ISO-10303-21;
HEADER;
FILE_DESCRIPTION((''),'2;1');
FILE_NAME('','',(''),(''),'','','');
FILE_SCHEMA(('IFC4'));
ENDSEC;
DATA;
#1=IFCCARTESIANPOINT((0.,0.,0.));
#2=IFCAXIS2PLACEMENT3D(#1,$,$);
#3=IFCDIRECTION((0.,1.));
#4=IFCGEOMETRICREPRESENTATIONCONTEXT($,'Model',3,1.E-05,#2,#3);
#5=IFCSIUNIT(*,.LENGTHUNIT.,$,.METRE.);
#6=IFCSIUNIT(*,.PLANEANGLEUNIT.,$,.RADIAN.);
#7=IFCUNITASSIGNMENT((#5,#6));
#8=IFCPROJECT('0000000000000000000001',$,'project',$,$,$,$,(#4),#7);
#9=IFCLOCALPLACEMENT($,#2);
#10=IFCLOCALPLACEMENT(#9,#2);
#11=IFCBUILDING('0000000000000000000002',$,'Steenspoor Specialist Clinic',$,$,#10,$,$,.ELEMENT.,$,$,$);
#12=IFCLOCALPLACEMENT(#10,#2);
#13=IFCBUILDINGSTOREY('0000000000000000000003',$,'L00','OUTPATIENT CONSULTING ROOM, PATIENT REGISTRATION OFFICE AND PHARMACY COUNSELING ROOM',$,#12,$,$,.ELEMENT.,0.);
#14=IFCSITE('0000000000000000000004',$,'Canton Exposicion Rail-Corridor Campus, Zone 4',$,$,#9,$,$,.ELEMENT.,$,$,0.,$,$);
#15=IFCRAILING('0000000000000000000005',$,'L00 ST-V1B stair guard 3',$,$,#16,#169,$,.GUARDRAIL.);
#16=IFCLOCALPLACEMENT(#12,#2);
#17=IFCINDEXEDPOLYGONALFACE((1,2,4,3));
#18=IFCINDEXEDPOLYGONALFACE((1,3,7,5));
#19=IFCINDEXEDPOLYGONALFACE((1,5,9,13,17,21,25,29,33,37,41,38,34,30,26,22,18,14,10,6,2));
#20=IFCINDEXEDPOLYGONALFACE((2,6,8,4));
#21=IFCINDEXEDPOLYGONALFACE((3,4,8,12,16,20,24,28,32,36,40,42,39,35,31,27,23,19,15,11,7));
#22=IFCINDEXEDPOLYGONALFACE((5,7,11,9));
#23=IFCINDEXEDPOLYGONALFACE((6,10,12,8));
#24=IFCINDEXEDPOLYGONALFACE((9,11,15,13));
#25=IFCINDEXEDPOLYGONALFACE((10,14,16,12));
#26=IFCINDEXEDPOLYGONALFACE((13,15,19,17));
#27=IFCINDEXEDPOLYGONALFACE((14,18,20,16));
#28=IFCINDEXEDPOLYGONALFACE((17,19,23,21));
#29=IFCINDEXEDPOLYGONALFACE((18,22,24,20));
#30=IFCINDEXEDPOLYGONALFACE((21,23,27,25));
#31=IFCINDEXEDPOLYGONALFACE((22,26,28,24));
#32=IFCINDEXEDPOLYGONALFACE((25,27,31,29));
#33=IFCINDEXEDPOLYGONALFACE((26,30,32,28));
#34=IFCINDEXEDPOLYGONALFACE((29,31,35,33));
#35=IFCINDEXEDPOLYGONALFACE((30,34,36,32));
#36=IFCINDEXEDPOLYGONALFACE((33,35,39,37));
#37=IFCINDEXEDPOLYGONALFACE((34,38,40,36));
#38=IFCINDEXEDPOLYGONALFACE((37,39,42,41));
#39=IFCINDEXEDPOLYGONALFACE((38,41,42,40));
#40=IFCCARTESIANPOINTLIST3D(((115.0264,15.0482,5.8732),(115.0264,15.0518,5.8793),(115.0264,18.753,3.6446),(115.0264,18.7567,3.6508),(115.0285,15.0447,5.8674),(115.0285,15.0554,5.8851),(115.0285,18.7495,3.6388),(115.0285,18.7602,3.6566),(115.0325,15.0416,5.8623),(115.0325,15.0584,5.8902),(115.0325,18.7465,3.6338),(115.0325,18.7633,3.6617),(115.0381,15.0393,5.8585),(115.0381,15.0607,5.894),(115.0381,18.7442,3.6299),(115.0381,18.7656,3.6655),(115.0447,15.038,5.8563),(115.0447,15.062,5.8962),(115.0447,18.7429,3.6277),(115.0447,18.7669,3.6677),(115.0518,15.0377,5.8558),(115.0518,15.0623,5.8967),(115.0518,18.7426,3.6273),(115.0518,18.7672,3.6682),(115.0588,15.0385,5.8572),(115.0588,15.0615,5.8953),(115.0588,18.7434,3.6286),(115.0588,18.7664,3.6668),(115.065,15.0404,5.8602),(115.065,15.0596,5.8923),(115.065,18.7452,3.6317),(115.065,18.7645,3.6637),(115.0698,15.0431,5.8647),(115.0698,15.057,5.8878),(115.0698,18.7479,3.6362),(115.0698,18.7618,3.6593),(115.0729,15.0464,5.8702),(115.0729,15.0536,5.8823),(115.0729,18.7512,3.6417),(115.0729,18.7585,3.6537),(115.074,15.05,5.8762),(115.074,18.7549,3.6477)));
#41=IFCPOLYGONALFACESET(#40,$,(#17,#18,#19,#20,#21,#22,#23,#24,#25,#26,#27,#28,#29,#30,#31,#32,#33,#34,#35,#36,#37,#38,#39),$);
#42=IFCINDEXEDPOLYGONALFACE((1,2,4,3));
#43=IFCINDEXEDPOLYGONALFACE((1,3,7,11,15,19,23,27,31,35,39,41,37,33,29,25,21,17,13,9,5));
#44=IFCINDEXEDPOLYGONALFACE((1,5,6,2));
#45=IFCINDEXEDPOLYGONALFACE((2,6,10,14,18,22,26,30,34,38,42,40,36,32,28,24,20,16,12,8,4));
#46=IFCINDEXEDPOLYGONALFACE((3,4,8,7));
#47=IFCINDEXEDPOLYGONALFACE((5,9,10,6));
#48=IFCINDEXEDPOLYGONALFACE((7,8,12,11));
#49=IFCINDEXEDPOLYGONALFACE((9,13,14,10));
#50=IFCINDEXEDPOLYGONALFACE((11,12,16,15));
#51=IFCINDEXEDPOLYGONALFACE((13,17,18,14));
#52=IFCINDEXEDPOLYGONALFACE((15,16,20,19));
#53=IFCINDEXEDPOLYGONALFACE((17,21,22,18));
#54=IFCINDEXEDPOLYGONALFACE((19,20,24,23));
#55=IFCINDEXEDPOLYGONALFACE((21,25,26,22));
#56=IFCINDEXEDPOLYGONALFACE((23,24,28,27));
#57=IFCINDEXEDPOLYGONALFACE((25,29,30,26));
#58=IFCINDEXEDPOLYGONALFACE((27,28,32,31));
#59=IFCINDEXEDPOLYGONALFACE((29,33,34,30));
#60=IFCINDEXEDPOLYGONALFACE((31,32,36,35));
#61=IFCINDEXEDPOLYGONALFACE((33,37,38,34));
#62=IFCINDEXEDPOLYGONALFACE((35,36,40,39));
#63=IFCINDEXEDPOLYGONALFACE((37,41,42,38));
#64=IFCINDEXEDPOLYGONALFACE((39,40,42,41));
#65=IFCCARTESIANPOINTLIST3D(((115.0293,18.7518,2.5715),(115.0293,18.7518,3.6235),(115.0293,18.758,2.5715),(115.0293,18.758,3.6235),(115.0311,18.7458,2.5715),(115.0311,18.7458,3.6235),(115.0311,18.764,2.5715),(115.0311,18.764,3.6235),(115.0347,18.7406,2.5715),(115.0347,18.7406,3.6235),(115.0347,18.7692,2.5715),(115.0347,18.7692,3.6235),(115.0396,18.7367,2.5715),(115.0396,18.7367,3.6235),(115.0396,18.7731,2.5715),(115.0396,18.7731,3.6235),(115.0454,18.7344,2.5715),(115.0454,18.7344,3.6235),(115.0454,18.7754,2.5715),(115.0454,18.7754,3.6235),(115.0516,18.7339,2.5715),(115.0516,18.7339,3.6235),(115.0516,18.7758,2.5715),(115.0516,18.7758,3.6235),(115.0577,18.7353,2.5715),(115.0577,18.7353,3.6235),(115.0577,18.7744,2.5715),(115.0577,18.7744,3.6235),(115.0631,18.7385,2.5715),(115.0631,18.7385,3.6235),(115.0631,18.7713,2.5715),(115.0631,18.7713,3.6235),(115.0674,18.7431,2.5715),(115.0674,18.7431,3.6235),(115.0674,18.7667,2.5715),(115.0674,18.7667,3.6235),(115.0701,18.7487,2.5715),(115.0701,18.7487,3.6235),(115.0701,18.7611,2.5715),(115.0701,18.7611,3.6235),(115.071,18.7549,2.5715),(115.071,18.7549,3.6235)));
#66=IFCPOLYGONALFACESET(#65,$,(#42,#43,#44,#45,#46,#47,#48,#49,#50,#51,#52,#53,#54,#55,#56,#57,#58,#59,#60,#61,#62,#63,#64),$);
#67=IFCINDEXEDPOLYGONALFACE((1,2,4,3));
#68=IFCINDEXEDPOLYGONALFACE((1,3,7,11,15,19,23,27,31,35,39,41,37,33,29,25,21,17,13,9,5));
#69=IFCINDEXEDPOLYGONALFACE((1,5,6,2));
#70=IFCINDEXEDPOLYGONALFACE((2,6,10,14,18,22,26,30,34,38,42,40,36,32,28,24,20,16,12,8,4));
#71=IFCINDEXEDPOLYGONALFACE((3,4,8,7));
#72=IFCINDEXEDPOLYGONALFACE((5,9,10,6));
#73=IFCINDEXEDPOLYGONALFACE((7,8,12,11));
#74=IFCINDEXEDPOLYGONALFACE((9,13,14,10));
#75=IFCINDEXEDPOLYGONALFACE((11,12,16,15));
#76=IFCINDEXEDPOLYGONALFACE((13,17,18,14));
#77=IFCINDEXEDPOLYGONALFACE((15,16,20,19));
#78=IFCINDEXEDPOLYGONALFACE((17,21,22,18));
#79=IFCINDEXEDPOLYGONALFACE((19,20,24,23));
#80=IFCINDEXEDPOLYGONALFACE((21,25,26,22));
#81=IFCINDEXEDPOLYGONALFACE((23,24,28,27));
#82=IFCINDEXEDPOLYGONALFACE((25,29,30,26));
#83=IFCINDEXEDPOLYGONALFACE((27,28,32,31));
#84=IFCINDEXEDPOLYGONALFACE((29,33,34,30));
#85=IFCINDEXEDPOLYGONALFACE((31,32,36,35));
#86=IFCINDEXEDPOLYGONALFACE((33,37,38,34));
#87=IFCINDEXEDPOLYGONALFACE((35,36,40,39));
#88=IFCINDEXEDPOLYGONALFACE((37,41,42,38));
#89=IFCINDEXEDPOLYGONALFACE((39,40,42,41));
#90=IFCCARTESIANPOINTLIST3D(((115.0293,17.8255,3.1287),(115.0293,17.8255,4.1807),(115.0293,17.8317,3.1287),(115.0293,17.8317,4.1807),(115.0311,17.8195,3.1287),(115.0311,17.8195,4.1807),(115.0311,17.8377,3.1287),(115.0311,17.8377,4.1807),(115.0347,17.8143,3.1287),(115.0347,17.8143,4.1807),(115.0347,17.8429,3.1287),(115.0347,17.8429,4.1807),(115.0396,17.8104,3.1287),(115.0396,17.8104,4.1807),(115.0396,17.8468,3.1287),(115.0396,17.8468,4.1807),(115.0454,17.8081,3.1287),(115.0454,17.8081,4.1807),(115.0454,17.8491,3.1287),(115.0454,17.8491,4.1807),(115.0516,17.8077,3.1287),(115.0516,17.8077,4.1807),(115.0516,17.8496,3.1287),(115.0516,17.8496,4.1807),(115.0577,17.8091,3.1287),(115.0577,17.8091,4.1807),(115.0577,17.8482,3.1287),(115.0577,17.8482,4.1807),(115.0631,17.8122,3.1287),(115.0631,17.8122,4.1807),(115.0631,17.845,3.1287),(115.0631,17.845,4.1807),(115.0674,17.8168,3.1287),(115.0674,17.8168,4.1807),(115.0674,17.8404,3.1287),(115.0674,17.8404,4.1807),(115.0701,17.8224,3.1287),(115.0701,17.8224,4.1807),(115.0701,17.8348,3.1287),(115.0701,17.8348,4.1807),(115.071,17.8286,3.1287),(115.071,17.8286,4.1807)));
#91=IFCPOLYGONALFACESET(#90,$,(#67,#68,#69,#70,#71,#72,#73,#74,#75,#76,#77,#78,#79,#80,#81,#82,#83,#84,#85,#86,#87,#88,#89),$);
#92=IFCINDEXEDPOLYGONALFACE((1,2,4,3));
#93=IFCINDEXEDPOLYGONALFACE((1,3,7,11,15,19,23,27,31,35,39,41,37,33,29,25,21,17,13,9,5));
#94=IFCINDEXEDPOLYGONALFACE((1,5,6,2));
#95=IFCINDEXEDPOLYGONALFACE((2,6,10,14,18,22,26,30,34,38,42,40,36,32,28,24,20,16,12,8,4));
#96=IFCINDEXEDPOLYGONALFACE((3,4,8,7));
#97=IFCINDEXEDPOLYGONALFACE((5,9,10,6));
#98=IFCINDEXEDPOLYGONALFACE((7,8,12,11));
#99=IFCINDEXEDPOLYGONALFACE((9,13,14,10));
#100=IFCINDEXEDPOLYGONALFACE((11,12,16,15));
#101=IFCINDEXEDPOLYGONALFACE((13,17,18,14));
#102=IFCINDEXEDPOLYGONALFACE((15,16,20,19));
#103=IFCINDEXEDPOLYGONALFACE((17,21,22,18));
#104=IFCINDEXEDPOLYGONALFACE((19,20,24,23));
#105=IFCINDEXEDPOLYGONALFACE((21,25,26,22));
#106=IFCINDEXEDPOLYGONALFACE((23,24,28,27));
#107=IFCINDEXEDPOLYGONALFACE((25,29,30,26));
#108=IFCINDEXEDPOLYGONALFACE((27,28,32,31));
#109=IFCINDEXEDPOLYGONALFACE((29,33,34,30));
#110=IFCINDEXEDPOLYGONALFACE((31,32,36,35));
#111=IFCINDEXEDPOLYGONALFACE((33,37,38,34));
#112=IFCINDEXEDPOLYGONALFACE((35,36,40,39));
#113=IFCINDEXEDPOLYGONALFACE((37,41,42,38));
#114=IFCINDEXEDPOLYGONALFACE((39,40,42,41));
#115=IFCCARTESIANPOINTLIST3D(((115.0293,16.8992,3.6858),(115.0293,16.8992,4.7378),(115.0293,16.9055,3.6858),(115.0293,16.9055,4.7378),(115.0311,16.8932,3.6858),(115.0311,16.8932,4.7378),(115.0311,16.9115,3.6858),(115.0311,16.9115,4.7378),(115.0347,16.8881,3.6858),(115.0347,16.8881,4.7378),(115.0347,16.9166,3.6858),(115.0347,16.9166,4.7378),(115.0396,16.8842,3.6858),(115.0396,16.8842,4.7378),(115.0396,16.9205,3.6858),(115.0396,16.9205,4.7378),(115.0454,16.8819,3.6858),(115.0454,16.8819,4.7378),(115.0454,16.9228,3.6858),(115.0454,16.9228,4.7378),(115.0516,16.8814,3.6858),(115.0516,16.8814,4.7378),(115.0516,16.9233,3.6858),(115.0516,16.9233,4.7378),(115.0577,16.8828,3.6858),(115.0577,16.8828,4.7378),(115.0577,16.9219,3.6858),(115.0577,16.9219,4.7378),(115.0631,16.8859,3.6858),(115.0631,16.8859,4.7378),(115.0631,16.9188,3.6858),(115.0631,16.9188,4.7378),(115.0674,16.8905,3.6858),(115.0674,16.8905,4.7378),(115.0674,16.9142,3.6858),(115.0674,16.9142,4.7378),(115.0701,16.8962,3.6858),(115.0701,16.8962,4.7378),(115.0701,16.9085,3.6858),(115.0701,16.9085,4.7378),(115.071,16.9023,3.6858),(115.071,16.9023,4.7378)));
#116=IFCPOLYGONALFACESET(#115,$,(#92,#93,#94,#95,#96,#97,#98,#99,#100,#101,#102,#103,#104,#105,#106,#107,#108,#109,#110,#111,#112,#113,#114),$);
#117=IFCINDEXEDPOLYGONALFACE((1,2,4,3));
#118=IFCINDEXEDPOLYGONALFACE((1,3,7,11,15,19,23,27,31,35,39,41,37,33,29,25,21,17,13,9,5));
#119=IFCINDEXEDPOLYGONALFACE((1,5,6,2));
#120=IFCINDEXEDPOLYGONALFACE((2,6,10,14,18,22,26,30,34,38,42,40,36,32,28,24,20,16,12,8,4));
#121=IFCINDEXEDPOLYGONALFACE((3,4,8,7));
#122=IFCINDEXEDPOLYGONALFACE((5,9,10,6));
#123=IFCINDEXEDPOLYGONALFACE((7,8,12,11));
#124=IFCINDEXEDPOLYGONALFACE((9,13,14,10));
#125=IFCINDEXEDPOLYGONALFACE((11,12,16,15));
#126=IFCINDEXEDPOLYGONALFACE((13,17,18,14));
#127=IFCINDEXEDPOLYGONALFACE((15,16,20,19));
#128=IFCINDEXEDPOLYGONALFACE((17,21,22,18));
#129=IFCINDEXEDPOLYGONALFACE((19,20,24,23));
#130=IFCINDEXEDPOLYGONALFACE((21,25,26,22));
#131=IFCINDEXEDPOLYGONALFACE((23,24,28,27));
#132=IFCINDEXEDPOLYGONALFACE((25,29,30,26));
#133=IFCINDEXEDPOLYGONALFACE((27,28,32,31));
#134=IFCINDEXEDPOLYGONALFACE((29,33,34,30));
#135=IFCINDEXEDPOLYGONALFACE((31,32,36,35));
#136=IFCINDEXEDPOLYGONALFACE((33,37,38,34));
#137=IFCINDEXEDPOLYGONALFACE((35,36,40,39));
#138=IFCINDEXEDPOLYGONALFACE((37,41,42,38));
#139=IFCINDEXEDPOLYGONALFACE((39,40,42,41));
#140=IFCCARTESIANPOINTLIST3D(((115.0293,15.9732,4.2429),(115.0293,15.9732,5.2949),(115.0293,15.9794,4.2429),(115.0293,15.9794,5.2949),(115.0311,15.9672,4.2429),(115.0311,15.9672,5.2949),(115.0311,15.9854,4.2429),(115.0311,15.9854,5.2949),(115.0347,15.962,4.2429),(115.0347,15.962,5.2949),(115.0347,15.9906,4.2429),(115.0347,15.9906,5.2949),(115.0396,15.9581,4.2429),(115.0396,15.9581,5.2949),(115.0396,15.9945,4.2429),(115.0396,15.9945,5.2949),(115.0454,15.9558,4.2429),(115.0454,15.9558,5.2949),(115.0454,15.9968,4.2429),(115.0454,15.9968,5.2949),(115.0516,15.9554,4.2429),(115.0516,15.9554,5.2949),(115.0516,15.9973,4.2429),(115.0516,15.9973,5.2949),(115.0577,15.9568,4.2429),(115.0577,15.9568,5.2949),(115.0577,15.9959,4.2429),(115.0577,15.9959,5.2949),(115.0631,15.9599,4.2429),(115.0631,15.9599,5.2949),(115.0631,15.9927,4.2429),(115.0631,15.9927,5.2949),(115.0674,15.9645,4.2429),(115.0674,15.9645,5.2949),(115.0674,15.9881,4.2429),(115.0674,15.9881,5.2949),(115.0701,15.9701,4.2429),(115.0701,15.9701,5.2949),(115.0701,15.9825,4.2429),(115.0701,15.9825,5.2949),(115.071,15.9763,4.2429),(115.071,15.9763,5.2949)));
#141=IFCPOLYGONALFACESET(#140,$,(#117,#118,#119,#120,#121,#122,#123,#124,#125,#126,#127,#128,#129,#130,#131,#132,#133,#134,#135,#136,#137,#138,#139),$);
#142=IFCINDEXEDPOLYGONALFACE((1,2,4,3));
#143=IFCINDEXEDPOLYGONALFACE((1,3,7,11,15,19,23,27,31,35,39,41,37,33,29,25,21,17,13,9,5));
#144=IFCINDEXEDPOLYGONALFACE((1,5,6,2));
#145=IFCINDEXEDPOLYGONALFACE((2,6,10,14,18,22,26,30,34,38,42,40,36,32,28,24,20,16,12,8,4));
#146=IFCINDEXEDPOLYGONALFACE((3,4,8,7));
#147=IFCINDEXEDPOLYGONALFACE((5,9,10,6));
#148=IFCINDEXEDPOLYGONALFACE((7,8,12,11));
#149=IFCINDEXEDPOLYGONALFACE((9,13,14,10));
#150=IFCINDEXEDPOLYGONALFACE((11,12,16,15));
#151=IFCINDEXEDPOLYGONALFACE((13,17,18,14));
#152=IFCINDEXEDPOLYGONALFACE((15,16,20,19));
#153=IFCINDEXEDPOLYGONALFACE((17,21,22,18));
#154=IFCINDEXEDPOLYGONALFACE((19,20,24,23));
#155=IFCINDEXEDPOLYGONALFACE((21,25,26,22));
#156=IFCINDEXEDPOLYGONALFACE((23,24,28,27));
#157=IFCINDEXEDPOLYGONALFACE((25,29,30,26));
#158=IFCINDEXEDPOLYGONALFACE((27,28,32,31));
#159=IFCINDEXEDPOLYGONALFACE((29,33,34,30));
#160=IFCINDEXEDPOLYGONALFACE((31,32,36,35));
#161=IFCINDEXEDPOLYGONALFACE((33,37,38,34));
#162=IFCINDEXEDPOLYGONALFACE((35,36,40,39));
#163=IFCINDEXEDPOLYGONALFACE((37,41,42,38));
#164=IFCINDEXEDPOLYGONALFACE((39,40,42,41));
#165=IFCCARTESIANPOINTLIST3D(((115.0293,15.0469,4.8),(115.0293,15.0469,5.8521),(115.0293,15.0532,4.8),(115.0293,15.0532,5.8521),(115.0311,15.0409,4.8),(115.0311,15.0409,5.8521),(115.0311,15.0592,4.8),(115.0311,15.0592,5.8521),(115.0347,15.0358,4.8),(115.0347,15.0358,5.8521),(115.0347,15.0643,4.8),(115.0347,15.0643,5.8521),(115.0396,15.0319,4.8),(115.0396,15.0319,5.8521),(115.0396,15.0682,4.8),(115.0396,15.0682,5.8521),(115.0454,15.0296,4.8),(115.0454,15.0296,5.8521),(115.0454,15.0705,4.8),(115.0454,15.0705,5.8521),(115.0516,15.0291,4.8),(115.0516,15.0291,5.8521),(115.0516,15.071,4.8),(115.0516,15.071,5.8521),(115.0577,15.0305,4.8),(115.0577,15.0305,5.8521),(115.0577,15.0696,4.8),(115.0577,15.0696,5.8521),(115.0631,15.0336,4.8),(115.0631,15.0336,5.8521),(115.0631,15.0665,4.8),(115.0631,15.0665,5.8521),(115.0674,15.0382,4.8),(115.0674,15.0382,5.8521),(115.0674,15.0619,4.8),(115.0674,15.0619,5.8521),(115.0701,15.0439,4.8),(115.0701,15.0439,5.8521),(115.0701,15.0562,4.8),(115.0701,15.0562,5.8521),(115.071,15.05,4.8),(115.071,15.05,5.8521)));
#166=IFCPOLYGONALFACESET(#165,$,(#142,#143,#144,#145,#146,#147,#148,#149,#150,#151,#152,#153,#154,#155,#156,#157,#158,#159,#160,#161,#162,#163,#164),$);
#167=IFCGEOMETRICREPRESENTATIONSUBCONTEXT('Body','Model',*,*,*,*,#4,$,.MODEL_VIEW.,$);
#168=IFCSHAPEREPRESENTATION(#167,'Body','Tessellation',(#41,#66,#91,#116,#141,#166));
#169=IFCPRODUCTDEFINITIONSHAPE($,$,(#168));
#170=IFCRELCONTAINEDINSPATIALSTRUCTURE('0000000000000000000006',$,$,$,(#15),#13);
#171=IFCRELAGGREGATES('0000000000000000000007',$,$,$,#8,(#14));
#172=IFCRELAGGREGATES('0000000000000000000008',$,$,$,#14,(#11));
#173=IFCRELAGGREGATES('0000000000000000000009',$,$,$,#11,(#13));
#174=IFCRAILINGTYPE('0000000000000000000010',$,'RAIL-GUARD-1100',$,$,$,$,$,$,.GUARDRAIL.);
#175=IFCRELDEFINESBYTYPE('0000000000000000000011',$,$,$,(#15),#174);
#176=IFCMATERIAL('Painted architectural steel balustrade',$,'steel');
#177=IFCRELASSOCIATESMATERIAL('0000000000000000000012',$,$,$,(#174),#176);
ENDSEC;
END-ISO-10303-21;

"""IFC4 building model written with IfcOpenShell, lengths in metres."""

from ifc_helpers import new_model, si_unit, direction, frame, origin, origin_2d, place, context, subcontext, project, spatial, circle, extrude, material, type_object, element, save


model = new_model("IFC4")

# Units and contexts
model_context = context("Model", 3, precision=1e-05, world=origin(), true_north=direction((0.0, 1.0)))
body_context = subcontext(model_context, "Body", "Model", "MODEL_VIEW")
ifc_project = project(units=[si_unit("LENGTHUNIT", "METRE"), si_unit("PLANEANGLEUNIT", "RADIAN")], contexts=[model_context])

# Site, building, storey
site_placement = place(None, origin())
site = spatial("IfcSite", under=ifc_project, at=site_placement, Name="Canton Exposicion Rail-Corridor Campus, Zone 4", CompositionType="ELEMENT", RefElevation=0.0)
building_placement = place(site_placement, origin())
building = spatial("IfcBuilding", under=site, at=building_placement, Name="Steenspoor Specialist Clinic", CompositionType="ELEMENT")
storey_placement = place(building_placement, origin())
storey = spatial("IfcBuildingStorey", under=building, at=storey_placement, Name="L00", Description="OUTPATIENT CONSULTING ROOM, PATIENT REGISTRATION OFFICE AND PHARMACY COUNSELING ROOM", CompositionType="ELEMENT", Elevation=0.0)

# Railing
ifc_material_1 = material(Name="Painted architectural steel balustrade", Category="steel")
railing_type_1 = type_object("IfcRailingType", Name="RAIL-GUARD-1100", PredefinedType="GUARDRAIL", material=ifc_material_1)
railing_1_placement = place(storey_placement, frame((115.05, 18.7549, 2.5715)))
element("IfcRailing", 1, at=railing_1_placement, inside=storey, type_object=railing_type_1, Name="L00 ST-V1B stair guard 3", PredefinedType="GUARDRAIL", context=body_context, shape_type="SweptSolid", body=[
    extrude(circle(Radius=0.0239, at=origin_2d()), frame((0.0, 0.0, 1.0762), z_axis=(0.0, -0.856919, 0.51545), x_axis=(1.0, 0.0, 0.0)), (0.0, 0.0, 1.0), 4.3235),
    extrude(circle(Radius=0.021, at=origin_2d()), origin(), (0.0, 0.0, 1.0), 1.052),
    extrude(circle(Radius=0.021, at=origin_2d()), frame((0.0, -0.9263, 0.5571)), (0.0, 0.0, 1.0), 1.052),
    extrude(circle(Radius=0.021, at=origin_2d()), frame((0.0, -1.8525, 1.1143)), (0.0, 0.0, 1.0), 1.052),
    extrude(circle(Radius=0.021, at=origin_2d()), frame((0.0, -2.7786, 1.6714)), (0.0, 0.0, 1.0), 1.052),
    extrude(circle(Radius=0.021, at=origin_2d()), frame((0.0, -3.7048, 2.2285)), (0.0, 0.0, 1.0), 1.052),
])

save(model, "model.ifc")
